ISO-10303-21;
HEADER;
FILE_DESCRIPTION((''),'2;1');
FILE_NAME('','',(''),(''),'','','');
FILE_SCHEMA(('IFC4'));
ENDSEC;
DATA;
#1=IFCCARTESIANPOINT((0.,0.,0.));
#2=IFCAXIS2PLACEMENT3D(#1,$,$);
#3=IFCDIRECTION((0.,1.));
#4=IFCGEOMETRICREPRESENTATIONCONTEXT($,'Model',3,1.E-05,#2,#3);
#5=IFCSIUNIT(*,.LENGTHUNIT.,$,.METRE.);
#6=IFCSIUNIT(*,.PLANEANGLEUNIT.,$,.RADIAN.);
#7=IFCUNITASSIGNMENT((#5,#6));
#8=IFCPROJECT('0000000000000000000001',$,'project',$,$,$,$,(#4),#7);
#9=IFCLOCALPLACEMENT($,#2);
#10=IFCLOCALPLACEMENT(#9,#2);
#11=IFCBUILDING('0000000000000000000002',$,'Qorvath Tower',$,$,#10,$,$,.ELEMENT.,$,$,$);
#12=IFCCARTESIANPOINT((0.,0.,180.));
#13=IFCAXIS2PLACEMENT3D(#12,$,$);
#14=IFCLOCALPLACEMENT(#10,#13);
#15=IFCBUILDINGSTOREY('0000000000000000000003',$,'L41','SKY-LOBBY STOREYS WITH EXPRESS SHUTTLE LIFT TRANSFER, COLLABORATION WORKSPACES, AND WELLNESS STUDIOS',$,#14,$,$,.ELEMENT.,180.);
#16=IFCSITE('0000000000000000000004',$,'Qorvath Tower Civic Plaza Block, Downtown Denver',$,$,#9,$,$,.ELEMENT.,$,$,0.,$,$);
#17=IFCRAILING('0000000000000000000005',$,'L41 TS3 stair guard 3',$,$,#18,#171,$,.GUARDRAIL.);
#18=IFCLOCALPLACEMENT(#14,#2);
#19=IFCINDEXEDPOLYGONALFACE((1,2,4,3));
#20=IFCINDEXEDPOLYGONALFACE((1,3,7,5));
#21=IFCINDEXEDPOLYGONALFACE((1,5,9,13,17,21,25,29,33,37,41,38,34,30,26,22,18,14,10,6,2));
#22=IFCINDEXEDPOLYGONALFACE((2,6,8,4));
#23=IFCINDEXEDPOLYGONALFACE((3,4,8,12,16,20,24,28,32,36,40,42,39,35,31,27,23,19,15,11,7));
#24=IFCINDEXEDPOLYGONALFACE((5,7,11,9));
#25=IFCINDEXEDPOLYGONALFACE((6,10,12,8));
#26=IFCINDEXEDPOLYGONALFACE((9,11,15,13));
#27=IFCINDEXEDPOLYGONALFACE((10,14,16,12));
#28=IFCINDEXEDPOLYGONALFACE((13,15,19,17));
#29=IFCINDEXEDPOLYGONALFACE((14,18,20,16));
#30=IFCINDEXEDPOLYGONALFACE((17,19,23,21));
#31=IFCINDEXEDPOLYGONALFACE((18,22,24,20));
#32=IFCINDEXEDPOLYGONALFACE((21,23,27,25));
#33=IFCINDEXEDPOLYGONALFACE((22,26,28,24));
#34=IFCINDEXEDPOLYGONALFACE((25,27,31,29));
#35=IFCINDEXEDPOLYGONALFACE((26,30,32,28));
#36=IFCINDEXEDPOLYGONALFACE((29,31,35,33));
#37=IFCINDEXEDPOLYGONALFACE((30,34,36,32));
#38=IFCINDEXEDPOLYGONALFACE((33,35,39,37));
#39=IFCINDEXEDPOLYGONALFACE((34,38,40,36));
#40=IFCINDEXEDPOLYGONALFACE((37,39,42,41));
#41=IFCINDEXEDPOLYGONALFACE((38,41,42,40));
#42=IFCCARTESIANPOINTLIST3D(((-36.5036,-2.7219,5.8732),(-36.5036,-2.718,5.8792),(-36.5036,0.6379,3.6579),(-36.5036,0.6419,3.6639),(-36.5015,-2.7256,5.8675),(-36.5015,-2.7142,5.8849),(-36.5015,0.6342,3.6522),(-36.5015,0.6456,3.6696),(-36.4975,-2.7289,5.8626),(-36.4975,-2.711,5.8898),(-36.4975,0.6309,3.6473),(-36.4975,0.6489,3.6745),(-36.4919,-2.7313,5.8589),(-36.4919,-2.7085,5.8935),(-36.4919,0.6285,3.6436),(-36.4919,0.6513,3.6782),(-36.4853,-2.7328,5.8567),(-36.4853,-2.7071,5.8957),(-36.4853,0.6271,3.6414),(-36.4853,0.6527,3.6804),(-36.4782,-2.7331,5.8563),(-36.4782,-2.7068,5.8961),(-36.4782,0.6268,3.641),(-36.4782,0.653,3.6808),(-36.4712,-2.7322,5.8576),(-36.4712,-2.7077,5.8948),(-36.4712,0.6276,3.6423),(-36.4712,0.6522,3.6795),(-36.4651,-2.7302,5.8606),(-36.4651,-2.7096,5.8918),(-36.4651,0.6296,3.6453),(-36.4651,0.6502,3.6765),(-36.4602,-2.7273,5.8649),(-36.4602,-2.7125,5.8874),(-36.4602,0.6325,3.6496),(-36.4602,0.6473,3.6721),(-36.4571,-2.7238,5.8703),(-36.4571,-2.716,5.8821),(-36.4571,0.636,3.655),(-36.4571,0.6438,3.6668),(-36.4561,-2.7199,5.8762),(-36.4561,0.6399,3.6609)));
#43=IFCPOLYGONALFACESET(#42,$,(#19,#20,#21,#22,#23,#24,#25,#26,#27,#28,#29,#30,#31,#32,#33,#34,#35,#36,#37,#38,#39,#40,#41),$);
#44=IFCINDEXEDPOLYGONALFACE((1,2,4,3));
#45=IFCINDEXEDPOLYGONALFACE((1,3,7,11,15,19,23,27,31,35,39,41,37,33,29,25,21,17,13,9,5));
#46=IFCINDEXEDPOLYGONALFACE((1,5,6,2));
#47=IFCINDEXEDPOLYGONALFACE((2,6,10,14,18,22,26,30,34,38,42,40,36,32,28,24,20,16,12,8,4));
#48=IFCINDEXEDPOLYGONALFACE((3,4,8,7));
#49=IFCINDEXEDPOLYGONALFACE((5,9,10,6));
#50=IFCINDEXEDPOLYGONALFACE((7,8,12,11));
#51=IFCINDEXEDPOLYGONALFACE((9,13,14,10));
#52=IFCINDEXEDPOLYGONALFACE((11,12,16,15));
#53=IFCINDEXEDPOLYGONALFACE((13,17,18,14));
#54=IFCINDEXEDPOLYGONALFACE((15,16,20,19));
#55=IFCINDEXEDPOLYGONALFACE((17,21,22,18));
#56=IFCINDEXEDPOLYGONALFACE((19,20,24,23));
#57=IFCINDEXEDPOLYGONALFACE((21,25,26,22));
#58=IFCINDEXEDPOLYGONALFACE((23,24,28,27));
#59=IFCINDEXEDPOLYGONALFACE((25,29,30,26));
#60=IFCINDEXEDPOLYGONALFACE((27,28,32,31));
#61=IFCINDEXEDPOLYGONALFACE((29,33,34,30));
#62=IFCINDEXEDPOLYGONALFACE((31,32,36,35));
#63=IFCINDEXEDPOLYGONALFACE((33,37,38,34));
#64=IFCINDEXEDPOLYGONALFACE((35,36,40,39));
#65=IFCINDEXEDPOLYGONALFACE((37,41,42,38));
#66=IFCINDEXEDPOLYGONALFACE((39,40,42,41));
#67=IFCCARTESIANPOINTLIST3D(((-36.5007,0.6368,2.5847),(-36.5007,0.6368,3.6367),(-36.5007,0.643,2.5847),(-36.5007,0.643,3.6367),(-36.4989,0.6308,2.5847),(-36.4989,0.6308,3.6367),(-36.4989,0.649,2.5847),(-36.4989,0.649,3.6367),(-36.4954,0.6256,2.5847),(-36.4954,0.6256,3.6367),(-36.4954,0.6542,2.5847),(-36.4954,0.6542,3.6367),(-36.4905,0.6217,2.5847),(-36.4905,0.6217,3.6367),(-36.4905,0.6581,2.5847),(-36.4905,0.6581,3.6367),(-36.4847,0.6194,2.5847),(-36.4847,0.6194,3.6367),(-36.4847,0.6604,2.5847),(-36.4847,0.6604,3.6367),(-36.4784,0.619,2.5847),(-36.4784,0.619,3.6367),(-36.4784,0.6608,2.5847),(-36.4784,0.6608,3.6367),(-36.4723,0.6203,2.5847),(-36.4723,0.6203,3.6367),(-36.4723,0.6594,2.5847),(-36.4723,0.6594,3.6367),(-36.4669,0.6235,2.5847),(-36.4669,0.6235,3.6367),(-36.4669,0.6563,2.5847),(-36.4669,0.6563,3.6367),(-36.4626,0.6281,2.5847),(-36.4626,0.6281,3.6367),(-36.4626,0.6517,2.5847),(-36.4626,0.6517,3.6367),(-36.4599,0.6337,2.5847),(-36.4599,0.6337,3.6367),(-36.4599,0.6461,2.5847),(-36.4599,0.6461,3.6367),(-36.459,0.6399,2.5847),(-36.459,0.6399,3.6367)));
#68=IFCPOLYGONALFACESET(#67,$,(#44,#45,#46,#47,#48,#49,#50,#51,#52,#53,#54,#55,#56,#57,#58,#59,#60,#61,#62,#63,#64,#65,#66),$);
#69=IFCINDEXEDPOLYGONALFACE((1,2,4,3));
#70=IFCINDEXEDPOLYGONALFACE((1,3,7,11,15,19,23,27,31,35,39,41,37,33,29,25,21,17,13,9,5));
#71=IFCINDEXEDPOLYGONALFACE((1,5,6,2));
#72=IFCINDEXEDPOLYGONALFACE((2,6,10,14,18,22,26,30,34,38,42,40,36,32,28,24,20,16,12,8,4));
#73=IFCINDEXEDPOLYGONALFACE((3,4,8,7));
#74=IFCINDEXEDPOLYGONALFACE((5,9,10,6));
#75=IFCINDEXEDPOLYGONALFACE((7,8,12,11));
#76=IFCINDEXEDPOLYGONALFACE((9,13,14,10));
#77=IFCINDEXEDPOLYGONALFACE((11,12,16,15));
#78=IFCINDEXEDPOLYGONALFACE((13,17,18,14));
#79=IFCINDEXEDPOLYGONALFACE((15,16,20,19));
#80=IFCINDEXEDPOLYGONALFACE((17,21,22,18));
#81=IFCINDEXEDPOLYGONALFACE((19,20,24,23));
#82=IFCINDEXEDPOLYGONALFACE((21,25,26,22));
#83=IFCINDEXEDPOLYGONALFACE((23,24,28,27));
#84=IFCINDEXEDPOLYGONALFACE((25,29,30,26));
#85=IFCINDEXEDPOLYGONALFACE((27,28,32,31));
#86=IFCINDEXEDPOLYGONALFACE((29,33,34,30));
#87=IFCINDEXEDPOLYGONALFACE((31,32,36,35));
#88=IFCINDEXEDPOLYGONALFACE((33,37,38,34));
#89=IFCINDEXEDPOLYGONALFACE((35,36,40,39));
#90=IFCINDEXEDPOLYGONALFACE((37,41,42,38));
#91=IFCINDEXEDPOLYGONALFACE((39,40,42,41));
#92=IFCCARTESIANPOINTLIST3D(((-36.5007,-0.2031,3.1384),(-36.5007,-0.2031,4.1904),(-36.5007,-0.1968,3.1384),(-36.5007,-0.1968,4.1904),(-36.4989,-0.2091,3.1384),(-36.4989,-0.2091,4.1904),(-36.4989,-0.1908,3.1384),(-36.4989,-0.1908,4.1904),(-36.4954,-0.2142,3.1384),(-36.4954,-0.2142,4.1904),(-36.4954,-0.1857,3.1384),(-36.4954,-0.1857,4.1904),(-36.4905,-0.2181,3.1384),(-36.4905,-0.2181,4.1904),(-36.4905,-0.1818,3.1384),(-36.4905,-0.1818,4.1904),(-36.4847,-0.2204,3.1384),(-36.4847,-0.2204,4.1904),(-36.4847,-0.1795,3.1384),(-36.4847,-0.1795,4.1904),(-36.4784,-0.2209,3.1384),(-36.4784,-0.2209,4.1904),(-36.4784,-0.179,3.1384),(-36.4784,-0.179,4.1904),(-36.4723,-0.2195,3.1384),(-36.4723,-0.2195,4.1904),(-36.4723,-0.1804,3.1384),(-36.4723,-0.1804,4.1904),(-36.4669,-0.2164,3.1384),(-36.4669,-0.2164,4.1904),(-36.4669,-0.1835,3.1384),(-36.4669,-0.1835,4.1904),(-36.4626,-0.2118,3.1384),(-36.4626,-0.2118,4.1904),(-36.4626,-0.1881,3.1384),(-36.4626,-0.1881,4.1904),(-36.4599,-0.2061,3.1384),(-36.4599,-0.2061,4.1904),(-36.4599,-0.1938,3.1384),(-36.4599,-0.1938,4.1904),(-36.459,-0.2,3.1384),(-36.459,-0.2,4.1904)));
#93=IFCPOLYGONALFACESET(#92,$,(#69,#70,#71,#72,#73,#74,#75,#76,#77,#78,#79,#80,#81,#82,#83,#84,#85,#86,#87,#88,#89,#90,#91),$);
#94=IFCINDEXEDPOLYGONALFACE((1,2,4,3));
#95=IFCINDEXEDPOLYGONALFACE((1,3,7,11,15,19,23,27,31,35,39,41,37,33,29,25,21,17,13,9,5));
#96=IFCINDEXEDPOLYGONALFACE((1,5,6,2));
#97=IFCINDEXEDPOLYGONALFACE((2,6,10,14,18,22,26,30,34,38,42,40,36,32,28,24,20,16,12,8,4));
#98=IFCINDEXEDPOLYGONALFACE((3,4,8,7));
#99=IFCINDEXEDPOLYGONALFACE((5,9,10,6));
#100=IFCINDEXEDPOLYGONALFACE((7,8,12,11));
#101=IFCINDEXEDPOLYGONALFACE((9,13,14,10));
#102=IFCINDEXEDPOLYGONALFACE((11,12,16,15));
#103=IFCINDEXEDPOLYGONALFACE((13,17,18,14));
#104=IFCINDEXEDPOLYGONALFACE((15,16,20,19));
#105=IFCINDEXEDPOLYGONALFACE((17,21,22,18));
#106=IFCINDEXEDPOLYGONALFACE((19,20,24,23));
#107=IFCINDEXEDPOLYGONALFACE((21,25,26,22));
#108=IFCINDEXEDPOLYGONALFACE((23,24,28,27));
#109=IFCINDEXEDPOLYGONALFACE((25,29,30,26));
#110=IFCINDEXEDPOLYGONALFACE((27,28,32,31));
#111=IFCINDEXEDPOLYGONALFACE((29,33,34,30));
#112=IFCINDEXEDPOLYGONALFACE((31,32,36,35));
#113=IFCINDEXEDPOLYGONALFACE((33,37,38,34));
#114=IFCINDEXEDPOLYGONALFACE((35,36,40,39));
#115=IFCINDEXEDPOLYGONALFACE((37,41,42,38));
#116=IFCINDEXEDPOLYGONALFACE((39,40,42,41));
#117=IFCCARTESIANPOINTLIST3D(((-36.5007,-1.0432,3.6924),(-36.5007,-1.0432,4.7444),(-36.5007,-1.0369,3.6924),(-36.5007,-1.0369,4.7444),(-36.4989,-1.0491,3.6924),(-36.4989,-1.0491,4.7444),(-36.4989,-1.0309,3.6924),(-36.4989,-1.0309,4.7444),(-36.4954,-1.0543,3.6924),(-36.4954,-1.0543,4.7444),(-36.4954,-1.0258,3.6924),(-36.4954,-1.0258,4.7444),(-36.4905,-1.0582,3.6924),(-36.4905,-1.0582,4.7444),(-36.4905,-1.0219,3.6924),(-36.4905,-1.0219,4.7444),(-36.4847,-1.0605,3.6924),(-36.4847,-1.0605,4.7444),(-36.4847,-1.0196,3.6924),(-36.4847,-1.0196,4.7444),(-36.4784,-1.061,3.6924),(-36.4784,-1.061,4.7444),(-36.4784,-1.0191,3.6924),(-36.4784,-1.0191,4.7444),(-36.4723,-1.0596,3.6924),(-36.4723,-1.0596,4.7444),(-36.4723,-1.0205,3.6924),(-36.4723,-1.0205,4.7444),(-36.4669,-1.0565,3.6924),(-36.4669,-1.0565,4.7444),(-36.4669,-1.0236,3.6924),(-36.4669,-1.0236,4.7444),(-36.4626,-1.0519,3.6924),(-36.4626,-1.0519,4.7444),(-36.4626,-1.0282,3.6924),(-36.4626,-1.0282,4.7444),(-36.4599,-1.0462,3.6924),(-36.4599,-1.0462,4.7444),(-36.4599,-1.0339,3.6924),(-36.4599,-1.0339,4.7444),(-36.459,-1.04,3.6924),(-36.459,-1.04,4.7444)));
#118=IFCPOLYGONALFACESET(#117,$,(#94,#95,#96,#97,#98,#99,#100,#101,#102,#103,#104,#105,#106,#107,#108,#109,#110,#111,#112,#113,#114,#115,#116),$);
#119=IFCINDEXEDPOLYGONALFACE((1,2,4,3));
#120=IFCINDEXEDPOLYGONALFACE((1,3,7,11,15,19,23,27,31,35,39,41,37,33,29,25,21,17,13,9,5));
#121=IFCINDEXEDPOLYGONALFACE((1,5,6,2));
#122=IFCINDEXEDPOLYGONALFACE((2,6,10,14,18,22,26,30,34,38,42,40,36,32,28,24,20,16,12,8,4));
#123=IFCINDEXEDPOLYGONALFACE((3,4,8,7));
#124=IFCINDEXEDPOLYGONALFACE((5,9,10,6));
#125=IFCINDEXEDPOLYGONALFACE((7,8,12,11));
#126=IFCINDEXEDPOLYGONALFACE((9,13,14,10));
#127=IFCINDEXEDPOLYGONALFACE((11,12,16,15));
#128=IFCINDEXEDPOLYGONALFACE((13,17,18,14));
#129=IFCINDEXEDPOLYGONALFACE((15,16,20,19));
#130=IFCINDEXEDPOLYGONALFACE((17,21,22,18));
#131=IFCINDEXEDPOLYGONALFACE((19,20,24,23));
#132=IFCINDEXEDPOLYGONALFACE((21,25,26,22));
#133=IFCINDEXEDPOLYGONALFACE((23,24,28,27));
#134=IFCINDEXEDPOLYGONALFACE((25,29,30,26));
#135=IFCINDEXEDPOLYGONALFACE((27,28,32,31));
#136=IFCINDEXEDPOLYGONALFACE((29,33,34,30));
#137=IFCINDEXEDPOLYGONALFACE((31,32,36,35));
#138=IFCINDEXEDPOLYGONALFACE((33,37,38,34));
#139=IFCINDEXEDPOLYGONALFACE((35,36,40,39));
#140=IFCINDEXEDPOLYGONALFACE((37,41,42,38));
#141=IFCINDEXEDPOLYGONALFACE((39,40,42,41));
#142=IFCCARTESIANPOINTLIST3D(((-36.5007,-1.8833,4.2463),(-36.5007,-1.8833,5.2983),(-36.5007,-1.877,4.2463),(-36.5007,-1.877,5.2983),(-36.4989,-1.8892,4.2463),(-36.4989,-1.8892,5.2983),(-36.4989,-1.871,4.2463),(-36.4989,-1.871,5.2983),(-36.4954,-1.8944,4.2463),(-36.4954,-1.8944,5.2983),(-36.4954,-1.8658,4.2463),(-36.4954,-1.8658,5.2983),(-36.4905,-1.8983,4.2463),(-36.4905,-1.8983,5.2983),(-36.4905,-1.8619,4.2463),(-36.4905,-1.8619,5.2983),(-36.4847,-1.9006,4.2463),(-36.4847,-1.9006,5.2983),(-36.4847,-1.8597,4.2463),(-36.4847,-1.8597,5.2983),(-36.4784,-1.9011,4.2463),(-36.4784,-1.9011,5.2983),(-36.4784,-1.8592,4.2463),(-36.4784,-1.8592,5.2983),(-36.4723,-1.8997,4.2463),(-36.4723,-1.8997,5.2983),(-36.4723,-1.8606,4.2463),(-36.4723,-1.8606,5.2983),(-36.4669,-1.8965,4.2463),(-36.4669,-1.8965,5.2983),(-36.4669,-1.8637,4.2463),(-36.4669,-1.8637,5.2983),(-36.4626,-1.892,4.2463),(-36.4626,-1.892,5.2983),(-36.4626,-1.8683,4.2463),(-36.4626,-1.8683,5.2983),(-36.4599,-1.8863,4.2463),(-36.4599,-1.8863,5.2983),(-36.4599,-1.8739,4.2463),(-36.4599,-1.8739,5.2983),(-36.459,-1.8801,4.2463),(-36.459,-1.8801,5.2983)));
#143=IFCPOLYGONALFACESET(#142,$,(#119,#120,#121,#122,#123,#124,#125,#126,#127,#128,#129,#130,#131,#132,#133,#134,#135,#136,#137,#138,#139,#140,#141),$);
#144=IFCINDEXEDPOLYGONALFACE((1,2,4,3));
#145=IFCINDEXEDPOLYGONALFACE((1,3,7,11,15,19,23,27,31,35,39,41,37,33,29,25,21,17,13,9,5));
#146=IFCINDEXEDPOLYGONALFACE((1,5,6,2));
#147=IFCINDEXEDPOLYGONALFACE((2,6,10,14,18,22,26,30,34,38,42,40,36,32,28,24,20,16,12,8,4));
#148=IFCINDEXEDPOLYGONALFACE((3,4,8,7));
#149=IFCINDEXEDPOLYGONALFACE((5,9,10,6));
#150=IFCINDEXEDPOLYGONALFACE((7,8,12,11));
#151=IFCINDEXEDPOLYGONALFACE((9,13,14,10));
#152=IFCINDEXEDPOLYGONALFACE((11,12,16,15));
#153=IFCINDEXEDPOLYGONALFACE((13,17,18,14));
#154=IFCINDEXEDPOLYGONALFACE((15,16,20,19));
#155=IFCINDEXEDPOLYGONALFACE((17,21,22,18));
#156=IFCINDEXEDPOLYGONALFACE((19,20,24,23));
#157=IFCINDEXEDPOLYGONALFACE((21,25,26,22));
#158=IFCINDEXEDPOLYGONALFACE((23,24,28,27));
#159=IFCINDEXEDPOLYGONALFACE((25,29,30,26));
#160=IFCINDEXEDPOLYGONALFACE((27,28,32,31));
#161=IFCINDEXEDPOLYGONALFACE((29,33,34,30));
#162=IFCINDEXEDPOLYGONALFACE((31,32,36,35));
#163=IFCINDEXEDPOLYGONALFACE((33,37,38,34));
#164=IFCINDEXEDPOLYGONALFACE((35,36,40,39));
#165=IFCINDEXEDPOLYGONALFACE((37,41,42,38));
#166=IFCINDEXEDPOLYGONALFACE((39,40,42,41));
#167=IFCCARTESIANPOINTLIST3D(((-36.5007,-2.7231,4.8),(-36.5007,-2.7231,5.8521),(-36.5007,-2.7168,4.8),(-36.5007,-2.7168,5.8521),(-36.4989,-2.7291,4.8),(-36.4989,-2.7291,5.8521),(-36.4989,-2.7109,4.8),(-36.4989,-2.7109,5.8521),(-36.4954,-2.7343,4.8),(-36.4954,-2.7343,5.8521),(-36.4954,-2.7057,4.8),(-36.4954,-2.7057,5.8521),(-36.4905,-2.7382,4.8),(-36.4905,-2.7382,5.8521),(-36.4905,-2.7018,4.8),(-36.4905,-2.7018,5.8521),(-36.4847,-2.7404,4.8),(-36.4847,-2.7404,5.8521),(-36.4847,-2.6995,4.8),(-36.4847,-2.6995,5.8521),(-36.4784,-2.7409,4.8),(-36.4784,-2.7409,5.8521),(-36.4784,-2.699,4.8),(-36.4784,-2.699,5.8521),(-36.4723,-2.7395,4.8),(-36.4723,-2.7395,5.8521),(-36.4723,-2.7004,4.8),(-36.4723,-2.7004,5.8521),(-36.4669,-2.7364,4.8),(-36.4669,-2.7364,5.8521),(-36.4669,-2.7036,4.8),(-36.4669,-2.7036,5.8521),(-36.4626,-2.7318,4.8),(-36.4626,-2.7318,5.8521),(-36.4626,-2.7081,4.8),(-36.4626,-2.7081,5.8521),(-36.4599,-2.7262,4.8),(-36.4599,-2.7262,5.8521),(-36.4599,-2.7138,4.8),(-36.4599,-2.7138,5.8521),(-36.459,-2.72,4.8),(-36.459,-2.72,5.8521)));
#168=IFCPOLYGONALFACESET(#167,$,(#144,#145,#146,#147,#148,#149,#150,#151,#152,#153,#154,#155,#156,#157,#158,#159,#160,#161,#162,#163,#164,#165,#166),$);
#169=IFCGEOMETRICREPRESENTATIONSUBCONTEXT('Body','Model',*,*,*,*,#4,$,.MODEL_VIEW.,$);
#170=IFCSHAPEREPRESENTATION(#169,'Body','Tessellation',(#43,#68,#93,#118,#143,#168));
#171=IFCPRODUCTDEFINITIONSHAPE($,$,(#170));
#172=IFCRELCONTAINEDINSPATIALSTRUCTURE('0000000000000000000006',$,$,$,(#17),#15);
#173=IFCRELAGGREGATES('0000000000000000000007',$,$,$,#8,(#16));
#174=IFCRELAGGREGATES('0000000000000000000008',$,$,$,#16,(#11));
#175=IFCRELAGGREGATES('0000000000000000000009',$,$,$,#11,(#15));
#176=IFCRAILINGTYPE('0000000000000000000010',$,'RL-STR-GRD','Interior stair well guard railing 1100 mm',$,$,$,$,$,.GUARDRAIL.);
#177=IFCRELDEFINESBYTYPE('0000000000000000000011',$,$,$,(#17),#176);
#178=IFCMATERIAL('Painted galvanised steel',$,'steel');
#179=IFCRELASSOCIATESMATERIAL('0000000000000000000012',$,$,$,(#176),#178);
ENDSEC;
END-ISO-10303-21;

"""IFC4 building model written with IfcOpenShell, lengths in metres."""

from ifc_helpers import new_model, si_unit, direction, frame, origin, origin_2d, place, context, subcontext, project, spatial, circle, extrude, material, type_object, element, save


model = new_model("IFC4")

# Units and contexts
model_context = context("Model", 3, precision=1e-05, world=origin(), true_north=direction((0.0, 1.0)))
body_context = subcontext(model_context, "Body", "Model", "MODEL_VIEW")
ifc_project = project(units=[si_unit("LENGTHUNIT", "METRE"), si_unit("PLANEANGLEUNIT", "RADIAN")], contexts=[model_context])

# Site, building, storey
site_placement = place(None, origin())
site = spatial("IfcSite", under=ifc_project, at=site_placement, Name="Qorvath Tower Civic Plaza Block, Downtown Denver", CompositionType="ELEMENT", RefElevation=0.0)
building_placement = place(site_placement, origin())
building = spatial("IfcBuilding", under=site, at=building_placement, Name="Qorvath Tower", CompositionType="ELEMENT")
storey_placement = place(building_placement, frame((0.0, 0.0, 180.0)))
storey = spatial("IfcBuildingStorey", under=building, at=storey_placement, Name="L41", Description="SKY-LOBBY STOREYS WITH EXPRESS SHUTTLE LIFT TRANSFER, COLLABORATION WORKSPACES, AND WELLNESS STUDIOS", CompositionType="ELEMENT", Elevation=180.0)

# Railing
ifc_material_1 = material(Name="Painted galvanised steel", Category="steel")
railing_type_1 = type_object("IfcRailingType", Name="RL-STR-GRD", Description="Interior stair well guard railing 1100 mm", PredefinedType="GUARDRAIL", material=ifc_material_1)
railing_1_placement = place(storey_placement, frame((-36.48, 0.6399, 2.5847)))
element("IfcRailing", 1, at=railing_1_placement, inside=storey, type_object=railing_type_1, Name="L41 TS3 stair guard 3", PredefinedType="GUARDRAIL", context=body_context, shape_type="SweptSolid", body=[
    extrude(circle(Radius=0.0239, at=origin_2d()), frame((0.0, 0.0, 1.0762), z_axis=(0.0, -0.834858, 0.550465), x_axis=(1.0, 0.0, 0.0)), (0.0, 0.0, 1.0), 4.0244),
    extrude(circle(Radius=0.021, at=origin_2d()), origin(), (0.0, 0.0, 1.0), 1.052),
    extrude(circle(Radius=0.021, at=origin_2d()), frame((0.0, -0.8398, 0.5537)), (0.0, 0.0, 1.0), 1.052),
    extrude(circle(Radius=0.021, at=origin_2d()), frame((0.0, -1.6799, 1.1077)), (0.0, 0.0, 1.0), 1.052),
    extrude(circle(Radius=0.021, at=origin_2d()), frame((0.0, -2.52, 1.6616)), (0.0, 0.0, 1.0), 1.052),
    extrude(circle(Radius=0.021, at=origin_2d()), frame((0.0, -3.3599, 2.2153)), (0.0, 0.0, 1.0), 1.052),
])

save(model, "model.ifc")
